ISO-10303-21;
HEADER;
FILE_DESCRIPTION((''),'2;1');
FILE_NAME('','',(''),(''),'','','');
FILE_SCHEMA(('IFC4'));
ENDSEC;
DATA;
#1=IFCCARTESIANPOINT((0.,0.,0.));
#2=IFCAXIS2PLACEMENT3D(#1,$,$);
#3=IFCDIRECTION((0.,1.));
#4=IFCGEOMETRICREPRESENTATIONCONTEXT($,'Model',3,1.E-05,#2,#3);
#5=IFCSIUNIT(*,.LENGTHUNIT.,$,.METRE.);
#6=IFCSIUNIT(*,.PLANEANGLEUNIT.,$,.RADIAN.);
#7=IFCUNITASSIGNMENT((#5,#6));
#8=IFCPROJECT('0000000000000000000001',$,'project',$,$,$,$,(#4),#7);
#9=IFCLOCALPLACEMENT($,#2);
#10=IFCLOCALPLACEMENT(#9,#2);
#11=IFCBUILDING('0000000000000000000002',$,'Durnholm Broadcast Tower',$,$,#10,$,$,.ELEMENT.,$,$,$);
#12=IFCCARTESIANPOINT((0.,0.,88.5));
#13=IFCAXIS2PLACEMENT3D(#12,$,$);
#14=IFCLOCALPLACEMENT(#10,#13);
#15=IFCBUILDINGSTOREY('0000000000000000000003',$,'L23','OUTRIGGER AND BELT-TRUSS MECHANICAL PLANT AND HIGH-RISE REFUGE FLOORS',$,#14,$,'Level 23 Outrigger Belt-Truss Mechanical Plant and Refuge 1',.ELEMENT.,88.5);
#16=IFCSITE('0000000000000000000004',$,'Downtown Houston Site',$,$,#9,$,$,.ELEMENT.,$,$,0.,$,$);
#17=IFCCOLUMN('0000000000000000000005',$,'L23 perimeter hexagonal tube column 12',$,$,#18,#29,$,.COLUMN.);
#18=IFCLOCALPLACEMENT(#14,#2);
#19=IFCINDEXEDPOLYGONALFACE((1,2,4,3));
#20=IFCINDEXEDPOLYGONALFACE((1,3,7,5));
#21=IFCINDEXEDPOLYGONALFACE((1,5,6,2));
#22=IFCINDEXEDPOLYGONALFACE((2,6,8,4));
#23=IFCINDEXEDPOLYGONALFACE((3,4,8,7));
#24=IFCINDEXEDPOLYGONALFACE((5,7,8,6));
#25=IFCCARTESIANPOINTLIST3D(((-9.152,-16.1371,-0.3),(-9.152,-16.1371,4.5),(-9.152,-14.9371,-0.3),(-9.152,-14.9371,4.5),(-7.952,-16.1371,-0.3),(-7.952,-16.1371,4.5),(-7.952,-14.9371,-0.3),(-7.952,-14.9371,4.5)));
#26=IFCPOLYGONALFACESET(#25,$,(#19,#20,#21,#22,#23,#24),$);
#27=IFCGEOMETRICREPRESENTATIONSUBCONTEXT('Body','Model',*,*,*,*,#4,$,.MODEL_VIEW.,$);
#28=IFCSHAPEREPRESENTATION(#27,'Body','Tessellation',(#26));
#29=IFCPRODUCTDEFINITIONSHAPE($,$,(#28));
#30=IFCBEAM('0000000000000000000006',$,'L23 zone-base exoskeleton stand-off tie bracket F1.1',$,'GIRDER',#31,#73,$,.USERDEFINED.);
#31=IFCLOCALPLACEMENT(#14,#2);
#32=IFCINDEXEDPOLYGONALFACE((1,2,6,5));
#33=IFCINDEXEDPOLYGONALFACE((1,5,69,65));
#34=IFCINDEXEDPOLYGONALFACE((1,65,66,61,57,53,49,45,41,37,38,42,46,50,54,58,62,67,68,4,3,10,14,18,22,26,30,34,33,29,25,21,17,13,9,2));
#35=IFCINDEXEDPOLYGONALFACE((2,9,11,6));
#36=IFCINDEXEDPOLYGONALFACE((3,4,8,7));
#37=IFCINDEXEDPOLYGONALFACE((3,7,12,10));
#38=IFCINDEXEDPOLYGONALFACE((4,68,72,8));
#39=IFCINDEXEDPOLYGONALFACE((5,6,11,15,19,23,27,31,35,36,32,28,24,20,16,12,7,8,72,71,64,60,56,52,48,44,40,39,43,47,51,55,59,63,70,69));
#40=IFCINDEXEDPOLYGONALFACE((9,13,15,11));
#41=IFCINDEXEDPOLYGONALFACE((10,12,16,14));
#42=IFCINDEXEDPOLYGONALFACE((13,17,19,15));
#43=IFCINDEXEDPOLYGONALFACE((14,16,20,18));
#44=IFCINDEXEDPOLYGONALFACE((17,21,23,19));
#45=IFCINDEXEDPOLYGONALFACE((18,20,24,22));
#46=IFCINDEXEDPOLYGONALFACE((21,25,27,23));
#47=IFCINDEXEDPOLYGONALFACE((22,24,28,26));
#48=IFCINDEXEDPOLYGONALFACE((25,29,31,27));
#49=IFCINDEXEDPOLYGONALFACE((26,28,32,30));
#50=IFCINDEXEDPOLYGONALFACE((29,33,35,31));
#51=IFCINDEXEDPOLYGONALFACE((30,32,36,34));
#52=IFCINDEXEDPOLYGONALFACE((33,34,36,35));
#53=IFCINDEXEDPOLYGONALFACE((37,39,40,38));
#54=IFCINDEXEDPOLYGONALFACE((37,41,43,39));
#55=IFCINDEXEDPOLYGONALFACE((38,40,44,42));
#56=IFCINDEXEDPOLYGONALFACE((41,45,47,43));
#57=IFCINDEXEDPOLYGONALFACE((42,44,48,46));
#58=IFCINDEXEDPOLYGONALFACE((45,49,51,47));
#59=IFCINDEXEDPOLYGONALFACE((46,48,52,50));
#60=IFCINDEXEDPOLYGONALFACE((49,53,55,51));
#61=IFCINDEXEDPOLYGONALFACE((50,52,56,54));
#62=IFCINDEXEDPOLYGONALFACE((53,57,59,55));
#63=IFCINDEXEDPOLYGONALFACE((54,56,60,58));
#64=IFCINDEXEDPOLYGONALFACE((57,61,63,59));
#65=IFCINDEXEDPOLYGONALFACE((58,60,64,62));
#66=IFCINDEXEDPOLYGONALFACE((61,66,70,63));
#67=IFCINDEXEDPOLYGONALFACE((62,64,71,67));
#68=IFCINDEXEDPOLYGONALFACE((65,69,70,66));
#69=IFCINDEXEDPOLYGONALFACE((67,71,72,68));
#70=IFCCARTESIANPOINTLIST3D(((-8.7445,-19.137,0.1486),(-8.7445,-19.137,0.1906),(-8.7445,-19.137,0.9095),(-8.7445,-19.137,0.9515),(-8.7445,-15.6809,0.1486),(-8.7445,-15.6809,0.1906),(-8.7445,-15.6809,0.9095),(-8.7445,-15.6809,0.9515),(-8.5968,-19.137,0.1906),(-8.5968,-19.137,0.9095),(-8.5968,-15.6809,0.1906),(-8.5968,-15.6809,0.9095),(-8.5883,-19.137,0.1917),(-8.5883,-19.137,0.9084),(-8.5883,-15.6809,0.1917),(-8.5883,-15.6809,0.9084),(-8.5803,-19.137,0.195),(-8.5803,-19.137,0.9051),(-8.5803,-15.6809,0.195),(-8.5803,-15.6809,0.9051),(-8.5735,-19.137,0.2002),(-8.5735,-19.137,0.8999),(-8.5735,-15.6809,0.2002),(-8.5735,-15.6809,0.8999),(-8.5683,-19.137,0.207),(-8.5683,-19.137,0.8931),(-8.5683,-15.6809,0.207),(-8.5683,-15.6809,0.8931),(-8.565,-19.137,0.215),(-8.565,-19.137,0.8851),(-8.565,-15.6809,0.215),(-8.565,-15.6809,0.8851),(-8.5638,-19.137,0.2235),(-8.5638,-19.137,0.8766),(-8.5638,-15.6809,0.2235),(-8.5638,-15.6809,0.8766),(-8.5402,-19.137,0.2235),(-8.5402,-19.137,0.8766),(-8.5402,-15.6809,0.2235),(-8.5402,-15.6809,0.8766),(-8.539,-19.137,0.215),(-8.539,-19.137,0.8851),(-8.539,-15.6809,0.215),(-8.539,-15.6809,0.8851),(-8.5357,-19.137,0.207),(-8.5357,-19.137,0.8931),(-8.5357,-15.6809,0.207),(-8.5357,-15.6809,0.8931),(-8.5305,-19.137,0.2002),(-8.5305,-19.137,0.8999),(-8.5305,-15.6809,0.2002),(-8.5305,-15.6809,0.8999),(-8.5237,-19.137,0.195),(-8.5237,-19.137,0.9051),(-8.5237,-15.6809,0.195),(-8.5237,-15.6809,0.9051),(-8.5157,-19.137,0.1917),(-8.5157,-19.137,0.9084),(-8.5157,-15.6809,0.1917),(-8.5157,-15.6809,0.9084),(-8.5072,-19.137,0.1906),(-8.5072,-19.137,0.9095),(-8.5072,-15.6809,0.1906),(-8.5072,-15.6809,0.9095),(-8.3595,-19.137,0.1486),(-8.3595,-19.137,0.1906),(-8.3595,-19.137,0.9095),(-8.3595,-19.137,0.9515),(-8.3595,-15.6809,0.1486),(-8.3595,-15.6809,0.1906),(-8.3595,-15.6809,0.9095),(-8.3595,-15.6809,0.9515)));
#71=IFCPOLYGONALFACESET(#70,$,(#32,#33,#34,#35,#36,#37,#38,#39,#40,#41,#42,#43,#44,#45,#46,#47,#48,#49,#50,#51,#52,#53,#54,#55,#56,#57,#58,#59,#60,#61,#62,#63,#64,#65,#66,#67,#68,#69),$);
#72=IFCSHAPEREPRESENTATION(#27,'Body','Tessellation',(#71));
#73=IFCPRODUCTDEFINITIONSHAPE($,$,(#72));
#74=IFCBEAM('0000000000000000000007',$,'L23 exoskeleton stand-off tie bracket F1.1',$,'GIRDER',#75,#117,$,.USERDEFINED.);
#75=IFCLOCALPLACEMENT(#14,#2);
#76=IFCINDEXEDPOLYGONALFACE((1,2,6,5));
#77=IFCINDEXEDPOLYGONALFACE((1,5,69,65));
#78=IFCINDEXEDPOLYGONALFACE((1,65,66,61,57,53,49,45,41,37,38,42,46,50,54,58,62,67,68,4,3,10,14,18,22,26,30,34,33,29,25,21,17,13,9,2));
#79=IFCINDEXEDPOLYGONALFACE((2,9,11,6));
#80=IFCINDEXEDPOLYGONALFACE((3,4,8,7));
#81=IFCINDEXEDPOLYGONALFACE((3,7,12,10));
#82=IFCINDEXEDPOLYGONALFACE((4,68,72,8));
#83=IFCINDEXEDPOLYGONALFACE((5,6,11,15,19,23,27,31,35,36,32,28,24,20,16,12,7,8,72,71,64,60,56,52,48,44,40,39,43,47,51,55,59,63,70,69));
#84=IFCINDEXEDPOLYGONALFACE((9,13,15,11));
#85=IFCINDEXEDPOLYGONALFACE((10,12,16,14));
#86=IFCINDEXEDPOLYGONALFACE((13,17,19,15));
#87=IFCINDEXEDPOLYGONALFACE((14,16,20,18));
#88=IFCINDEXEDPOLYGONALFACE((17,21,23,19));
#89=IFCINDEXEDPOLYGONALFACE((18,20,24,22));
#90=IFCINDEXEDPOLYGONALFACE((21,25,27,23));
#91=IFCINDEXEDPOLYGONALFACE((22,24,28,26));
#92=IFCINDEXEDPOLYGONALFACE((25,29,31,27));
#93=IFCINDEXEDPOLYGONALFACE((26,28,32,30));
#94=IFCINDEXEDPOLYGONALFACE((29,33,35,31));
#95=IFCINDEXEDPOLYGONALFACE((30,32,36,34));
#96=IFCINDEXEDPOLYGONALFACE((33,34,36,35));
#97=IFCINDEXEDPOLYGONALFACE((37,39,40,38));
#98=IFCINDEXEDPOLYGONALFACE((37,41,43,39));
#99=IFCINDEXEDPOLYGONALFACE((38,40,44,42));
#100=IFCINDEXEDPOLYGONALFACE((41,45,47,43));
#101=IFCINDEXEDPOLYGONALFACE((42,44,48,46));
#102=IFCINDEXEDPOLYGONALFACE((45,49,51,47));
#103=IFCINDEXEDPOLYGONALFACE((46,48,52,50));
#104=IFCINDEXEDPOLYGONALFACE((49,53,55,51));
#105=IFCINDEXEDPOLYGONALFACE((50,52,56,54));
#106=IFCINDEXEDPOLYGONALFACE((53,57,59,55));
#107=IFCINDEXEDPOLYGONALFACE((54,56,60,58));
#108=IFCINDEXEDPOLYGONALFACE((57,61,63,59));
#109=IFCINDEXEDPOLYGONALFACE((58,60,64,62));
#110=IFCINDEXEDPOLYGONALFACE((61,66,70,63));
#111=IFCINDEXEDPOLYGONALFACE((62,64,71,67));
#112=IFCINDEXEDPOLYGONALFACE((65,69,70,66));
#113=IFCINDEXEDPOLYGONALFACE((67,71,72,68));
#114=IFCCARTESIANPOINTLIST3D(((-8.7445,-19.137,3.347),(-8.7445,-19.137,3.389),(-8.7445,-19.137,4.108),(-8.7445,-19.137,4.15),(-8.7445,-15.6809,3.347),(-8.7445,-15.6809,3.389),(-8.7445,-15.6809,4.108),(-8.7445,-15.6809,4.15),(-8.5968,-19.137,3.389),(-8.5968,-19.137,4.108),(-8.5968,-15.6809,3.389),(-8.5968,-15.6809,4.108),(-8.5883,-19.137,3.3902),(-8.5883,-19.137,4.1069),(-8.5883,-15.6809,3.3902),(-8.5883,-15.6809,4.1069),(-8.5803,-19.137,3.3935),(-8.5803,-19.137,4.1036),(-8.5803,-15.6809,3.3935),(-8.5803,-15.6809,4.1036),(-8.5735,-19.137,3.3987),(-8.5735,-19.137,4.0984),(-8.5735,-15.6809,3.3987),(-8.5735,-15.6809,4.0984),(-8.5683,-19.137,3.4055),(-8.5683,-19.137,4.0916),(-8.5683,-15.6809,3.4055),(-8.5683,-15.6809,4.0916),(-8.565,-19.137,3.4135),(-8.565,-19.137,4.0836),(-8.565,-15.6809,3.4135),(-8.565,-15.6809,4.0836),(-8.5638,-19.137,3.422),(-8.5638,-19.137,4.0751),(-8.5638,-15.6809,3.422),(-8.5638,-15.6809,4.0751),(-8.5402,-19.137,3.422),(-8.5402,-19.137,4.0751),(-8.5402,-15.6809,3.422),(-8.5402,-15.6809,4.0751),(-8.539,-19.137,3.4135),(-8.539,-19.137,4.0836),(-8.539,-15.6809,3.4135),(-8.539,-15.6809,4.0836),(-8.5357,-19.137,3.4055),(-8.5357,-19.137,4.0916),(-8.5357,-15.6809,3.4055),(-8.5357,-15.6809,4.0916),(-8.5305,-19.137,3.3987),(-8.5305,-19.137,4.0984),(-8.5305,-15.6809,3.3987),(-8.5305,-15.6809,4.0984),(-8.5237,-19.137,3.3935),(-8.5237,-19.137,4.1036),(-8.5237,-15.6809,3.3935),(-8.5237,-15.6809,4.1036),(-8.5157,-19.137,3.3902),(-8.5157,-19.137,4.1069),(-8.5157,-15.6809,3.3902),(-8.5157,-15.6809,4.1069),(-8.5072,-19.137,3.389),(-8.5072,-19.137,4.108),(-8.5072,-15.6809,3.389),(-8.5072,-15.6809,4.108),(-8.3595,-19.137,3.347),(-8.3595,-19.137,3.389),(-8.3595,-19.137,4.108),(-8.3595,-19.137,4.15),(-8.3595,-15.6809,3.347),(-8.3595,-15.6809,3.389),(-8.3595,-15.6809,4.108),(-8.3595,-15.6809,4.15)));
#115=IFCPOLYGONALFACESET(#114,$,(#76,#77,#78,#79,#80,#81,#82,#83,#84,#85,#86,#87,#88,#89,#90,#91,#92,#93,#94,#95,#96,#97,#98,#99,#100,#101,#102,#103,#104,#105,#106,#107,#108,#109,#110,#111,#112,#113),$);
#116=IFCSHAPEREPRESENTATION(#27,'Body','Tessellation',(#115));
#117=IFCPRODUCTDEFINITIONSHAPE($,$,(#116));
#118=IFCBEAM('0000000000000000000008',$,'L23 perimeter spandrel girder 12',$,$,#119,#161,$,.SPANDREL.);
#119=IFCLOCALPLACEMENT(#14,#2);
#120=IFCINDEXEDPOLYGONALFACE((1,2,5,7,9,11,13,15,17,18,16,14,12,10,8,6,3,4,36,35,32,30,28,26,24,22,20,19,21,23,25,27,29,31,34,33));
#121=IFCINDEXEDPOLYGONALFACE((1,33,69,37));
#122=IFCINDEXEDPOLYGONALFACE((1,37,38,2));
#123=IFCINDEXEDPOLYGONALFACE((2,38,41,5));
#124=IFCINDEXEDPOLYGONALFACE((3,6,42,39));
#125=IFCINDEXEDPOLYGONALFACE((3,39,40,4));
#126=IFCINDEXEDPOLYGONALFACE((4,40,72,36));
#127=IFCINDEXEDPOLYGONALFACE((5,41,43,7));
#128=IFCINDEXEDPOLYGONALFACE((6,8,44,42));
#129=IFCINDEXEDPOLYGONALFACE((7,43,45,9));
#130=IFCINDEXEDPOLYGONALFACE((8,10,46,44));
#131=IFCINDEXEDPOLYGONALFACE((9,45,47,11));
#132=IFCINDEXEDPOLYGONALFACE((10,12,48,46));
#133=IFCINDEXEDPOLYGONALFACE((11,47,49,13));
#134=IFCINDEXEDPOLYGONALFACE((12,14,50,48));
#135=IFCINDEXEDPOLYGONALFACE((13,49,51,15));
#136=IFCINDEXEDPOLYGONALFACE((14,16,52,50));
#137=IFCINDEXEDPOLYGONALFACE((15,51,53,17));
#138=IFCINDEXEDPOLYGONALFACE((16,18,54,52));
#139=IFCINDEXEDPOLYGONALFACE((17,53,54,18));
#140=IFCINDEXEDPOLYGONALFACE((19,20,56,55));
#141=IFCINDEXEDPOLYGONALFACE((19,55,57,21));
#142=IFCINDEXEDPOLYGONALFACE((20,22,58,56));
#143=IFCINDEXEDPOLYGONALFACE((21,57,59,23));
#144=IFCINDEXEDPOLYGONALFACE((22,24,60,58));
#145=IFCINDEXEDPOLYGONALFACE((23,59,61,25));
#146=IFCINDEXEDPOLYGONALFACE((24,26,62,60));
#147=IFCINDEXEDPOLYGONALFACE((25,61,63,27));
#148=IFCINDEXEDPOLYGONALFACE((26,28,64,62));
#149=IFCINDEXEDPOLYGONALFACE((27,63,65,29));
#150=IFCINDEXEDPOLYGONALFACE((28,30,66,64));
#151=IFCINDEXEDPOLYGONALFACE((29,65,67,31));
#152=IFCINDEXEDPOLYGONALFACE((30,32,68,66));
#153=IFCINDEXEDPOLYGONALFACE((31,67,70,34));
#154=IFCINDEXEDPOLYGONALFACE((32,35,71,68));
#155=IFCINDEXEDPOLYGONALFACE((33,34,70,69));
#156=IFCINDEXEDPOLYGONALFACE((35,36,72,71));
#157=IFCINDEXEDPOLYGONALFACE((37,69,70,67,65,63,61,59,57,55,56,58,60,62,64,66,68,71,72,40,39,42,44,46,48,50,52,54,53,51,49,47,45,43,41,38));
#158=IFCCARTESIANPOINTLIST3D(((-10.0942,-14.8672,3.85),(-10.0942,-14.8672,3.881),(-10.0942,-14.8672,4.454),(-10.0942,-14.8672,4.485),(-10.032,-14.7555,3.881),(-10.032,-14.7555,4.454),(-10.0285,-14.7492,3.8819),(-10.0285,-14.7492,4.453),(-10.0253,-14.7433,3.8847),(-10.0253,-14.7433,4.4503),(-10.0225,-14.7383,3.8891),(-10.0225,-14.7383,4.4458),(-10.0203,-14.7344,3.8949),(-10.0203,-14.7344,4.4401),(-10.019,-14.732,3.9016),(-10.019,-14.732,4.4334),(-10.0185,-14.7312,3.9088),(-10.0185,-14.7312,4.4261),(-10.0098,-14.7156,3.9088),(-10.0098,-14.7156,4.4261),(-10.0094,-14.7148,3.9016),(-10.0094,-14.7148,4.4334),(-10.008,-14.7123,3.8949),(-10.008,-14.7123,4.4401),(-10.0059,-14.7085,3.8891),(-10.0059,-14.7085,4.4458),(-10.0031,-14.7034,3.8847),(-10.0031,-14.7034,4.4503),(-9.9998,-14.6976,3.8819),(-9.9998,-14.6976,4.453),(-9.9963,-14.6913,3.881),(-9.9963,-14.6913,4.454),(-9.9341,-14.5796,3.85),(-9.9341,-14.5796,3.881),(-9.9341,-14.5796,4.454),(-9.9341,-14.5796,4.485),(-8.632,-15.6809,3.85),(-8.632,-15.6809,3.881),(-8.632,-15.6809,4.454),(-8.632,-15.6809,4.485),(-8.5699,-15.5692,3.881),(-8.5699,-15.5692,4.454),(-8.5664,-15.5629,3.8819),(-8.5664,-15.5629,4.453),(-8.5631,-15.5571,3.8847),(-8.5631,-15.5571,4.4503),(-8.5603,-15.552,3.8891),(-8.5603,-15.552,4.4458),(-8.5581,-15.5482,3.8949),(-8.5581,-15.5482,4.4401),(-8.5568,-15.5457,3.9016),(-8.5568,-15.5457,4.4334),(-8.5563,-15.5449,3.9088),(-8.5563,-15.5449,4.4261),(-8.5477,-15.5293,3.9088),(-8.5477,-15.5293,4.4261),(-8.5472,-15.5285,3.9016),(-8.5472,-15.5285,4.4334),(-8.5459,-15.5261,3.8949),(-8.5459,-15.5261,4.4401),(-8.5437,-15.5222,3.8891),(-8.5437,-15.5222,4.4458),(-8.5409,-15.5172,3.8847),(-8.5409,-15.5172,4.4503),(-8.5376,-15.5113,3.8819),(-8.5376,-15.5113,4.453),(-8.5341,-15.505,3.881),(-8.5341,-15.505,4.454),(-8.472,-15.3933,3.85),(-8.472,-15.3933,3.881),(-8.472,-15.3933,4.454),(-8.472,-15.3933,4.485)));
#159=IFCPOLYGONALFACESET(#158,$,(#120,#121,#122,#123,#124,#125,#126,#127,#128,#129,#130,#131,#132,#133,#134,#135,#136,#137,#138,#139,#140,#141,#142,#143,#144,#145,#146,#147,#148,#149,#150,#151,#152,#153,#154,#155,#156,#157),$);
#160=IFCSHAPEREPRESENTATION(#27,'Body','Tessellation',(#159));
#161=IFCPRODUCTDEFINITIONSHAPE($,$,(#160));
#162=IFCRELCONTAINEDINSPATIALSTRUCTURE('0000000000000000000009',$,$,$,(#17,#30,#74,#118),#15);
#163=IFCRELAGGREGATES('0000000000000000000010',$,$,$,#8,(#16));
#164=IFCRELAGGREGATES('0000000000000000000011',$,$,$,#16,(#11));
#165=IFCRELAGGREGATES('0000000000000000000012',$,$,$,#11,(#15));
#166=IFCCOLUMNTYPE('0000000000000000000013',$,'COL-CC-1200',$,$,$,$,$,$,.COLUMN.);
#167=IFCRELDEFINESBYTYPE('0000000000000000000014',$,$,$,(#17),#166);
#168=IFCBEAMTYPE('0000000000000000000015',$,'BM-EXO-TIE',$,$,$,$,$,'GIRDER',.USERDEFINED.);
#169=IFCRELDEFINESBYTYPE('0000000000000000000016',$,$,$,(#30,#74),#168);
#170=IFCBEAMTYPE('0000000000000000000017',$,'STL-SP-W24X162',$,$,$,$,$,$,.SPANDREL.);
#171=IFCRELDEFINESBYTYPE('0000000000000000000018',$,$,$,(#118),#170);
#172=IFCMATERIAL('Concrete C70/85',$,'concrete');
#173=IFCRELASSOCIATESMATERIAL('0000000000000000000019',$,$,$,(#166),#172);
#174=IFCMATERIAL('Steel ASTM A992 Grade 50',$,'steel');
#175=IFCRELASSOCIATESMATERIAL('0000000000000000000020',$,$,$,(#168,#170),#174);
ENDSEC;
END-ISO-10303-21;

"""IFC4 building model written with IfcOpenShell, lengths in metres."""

from ifc_helpers import new_model, si_unit, direction, frame, origin, origin_2d, place, context, subcontext, project, spatial, rectangle, i_section, extrude, source, transform, mapped, material, material_profile, profile_set, type_object, type_shapes, element, save


model = new_model("IFC4")

# Units and contexts
model_context = context("Model", 3, precision=1e-05, world=origin(), true_north=direction((0.0, 1.0)))
body_context = subcontext(model_context, "Body", "Model", "MODEL_VIEW")
ifc_project = project(units=[si_unit("LENGTHUNIT", "METRE"), si_unit("PLANEANGLEUNIT", "RADIAN")], contexts=[model_context])

# Site, building, storey
site_placement = place(None, origin())
site = spatial("IfcSite", under=ifc_project, at=site_placement, Name="Downtown Houston Site", CompositionType="ELEMENT", RefElevation=0.0)
building_placement = place(site_placement, origin())
building = spatial("IfcBuilding", under=site, at=building_placement, Name="Durnholm Broadcast Tower", CompositionType="ELEMENT")
storey_placement = place(building_placement, frame((0.0, 0.0, 88.5)))
storey = spatial("IfcBuildingStorey", under=building, at=storey_placement, Name="L23", Description="OUTRIGGER AND BELT-TRUSS MECHANICAL PLANT AND HIGH-RISE REFUGE FLOORS", LongName="Level 23 Outrigger Belt-Truss Mechanical Plant and Refuge 1", CompositionType="ELEMENT", Elevation=88.5)

# Column
ifc_material_1 = material(Name="Concrete C70/85", Category="concrete")
ifc_material_profile_1 = material_profile(ifc_material_1, rectangle(XDim=1.2, YDim=1.2, at=origin_2d()), Name="RC1200X1200")
ifc_profile_set_1 = profile_set([ifc_material_profile_1], Name="Concrete C70/85")
column_type = type_object("IfcColumnType", Name="COL-CC-1200", PredefinedType="COLUMN", material=ifc_profile_set_1)
shared_shape_1 = source(origin(), body_context, "Body", "SweptSolid", [
    extrude(rectangle(XDim=1.2, YDim=1.2, at=origin_2d()), origin(), (0.0, 0.0, 1.0), 4.8),
])
type_shapes(column_type, [shared_shape_1])
column_placement = place(storey_placement, frame((-8.552, -15.5371, -0.3), z_axis=(0.0, 0.0, 1.0), x_axis=(1.0, 0.0, 0.0)))
element("IfcColumn", 1, at=column_placement, inside=storey, type_object=column_type, Name="L23 perimeter hexagonal tube column 12", PredefinedType="COLUMN", context=body_context, shape_type="MappedRepresentation", body=[
    mapped(shared_shape_1, transform((0.0, 0.0, 0.0), x_axis=(1.0, 0.0, 0.0), y_axis=(0.0, 1.0, 0.0), z_axis=(0.0, 0.0, 1.0), scale=1.0)),
])

# Beams
ifc_material_2 = material(Name="Steel ASTM A992 Grade 50", Category="steel")
ifc_material_profile_2 = material_profile(ifc_material_2, i_section(OverallWidth=0.385, OverallDepth=0.803, WebThickness=0.0237, FlangeThickness=0.042, FilletRadius=0.033, at=origin_2d()), Name="W30X261")
ifc_profile_set_2 = profile_set([ifc_material_profile_2], Name="Steel ASTM A992 Grade 50")
beam_type_1 = type_object("IfcBeamType", Name="BM-EXO-TIE", ElementType="GIRDER", PredefinedType="USERDEFINED", material=ifc_profile_set_2)
shared_shape_2 = source(origin(), body_context, "Body", "SweptSolid", [
    extrude(i_section(OverallWidth=0.385, OverallDepth=0.803, WebThickness=0.0237, FlangeThickness=0.042, FilletRadius=0.033, at=origin_2d()), origin(), (0.0, 0.0, 1.0), 3.4561),
])
for number, where, z_axis, x_axis, name in (
    (2, (-8.552, -15.6809, 0.55), (0.0, -1.0, 0.0), (1.0, 0.0, 0.0), "L23 zone-base exoskeleton stand-off tie bracket F1.1"),
    (3, (-8.552, -15.6809, 3.7485), (0.0, -1.0, 0.0), (1.0, 0.0, 0.0), "L23 exoskeleton stand-off tie bracket F1.1"),
):
    element("IfcBeam", number, at=place(storey_placement, frame(where, z_axis=z_axis, x_axis=x_axis)), inside=storey, type_object=beam_type_1, Name=name, ObjectType="GIRDER", PredefinedType="USERDEFINED", context=body_context, shape_type="MappedRepresentation", body=[
        mapped(shared_shape_2, transform((0.0, 0.0, 0.0), x_axis=(1.0, 0.0, 0.0), y_axis=(0.0, 1.0, 0.0), z_axis=(0.0, 0.0, 1.0), scale=1.0)),
    ])
ifc_material_profile_3 = material_profile(ifc_material_2, i_section(OverallWidth=0.3291, OverallDepth=0.635, WebThickness=0.0178, FlangeThickness=0.031, FilletRadius=0.0278, at=origin_2d()), Name="W24X162")
ifc_profile_set_3 = profile_set([ifc_material_profile_3], Name="Steel ASTM A992 Grade 50")
beam_type_2 = type_object("IfcBeamType", Name="STL-SP-W24X162", PredefinedType="SPANDREL", material=ifc_profile_set_3)
shared_shape_3 = source(origin(), body_context, "Body", "SweptSolid", [
    extrude(i_section(OverallWidth=0.3291, OverallDepth=0.635, WebThickness=0.0178, FlangeThickness=0.031, FilletRadius=0.0278, at=origin_2d()), origin(), (0.0, 0.0, 1.0), 1.6733),
])
type_shapes(beam_type_2, [shared_shape_3])
beam_1_placement = place(storey_placement, frame((-8.552, -15.5371, 4.1675), z_axis=(-0.873799, 0.486287, 0.0), x_axis=(-0.486287, -0.873799, 0.0)))
element("IfcBeam", 4, at=beam_1_placement, inside=storey, type_object=beam_type_2, Name="L23 perimeter spandrel girder 12", PredefinedType="SPANDREL", context=body_context, shape_type="MappedRepresentation", body=[
    mapped(shared_shape_3, transform((0.0, 0.0, 0.0), x_axis=(1.0, 0.0, 0.0), y_axis=(0.0, 1.0, 0.0), z_axis=(0.0, 0.0, 1.0), scale=1.0)),
])

save(model, "model.ifc")
